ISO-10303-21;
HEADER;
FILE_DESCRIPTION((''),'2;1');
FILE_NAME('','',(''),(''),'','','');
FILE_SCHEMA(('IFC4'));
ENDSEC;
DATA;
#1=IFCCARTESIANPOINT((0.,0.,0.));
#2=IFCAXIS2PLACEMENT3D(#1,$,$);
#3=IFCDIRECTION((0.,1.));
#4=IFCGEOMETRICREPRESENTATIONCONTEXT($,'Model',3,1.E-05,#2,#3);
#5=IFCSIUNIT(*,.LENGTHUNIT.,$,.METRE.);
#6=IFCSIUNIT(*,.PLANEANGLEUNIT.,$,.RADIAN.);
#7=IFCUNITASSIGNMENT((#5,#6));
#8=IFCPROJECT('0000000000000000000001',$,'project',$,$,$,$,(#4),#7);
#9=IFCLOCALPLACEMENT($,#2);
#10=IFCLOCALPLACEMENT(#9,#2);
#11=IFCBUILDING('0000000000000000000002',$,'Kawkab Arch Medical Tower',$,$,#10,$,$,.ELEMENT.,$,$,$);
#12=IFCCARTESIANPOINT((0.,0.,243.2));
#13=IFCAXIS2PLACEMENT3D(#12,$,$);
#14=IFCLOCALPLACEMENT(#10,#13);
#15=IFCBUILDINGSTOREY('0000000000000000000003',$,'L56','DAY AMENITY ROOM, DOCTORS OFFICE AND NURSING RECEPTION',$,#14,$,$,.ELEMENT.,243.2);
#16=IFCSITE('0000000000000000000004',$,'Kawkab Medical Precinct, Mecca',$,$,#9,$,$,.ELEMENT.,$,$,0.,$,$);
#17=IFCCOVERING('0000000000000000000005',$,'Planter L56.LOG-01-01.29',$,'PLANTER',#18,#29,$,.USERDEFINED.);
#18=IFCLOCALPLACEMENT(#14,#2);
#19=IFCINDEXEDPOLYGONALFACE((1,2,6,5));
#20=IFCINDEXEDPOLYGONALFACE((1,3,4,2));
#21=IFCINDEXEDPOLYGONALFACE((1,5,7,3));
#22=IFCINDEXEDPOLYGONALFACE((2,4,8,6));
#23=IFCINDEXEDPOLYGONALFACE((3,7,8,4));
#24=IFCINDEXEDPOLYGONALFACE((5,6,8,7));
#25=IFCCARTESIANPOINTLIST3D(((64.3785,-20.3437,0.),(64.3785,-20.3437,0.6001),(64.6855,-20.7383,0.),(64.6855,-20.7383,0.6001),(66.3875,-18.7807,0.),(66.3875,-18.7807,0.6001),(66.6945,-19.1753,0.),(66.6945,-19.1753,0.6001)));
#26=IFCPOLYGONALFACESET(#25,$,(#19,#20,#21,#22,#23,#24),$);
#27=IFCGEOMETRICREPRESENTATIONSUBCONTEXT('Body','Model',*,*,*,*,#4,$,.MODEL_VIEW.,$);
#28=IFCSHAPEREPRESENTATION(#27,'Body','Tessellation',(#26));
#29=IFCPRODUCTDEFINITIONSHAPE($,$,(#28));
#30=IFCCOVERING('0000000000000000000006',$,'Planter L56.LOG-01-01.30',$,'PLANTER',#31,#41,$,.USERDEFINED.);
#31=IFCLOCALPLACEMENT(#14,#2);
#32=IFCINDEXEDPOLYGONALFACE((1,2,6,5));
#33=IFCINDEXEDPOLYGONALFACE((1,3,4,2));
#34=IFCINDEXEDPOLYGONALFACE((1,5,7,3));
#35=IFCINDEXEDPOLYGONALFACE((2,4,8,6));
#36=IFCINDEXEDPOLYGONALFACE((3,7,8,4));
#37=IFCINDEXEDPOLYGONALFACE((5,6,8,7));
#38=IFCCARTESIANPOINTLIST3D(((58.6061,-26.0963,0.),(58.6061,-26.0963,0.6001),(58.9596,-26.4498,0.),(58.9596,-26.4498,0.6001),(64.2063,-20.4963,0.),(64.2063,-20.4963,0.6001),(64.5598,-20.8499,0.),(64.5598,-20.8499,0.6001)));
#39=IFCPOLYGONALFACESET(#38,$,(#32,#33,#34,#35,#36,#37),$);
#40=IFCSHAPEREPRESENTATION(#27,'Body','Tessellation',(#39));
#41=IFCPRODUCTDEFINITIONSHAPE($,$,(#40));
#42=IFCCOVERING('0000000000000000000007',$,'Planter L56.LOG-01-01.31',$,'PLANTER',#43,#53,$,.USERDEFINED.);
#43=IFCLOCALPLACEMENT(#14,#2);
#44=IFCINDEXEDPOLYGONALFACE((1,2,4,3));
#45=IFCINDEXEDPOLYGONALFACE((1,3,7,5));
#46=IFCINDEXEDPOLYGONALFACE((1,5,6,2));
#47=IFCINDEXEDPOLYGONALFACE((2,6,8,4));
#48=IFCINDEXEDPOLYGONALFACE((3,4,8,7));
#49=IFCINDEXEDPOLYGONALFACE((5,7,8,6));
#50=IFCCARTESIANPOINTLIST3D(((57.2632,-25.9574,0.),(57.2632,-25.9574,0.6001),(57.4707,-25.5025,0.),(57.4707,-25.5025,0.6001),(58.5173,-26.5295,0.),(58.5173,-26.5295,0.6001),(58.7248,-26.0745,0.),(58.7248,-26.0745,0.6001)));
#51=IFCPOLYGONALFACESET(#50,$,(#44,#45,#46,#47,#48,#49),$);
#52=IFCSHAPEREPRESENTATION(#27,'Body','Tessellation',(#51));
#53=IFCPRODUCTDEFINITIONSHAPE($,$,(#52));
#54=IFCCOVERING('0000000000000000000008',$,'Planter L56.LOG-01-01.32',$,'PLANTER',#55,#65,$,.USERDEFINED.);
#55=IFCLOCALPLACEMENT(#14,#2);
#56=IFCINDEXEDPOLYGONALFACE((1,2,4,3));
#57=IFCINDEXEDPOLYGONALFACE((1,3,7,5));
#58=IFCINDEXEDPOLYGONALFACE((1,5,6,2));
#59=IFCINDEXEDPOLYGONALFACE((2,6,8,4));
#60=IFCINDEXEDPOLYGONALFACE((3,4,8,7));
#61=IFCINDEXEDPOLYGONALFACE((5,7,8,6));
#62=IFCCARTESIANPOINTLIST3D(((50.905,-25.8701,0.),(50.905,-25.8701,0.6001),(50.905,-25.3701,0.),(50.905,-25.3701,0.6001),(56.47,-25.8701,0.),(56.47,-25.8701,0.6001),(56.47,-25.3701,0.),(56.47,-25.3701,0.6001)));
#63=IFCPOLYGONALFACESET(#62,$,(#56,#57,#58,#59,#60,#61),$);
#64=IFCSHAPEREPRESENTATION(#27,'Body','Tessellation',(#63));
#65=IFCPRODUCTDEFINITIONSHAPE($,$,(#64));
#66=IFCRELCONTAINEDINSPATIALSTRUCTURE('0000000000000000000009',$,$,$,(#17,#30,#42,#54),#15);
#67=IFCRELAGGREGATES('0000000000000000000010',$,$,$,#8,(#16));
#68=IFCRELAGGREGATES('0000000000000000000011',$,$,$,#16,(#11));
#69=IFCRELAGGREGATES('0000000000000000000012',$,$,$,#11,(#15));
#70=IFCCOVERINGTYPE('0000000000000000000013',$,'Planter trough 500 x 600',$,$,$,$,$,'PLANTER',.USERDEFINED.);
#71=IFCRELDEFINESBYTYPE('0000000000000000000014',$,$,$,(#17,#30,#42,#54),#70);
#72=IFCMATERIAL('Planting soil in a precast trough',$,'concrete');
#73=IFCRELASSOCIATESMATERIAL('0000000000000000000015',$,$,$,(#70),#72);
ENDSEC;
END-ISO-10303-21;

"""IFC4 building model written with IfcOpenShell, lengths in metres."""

from ifc_helpers import new_model, si_unit, direction, frame, origin, origin_2d, place, context, subcontext, project, spatial, rectangle, extrude, material, material_profile, profile_set, type_object, element, save


model = new_model("IFC4")

# Units and contexts
model_context = context("Model", 3, precision=1e-05, world=origin(), true_north=direction((0.0, 1.0)))
body_context = subcontext(model_context, "Body", "Model", "MODEL_VIEW")
ifc_project = project(units=[si_unit("LENGTHUNIT", "METRE"), si_unit("PLANEANGLEUNIT", "RADIAN")], contexts=[model_context])

# Site, building, storey
site_placement = place(None, origin())
site = spatial("IfcSite", under=ifc_project, at=site_placement, Name="Kawkab Medical Precinct, Mecca", CompositionType="ELEMENT", RefElevation=0.0)
building_placement = place(site_placement, origin())
building = spatial("IfcBuilding", under=site, at=building_placement, Name="Kawkab Arch Medical Tower", CompositionType="ELEMENT")
storey_placement = place(building_placement, frame((0.0, 0.0, 243.2)))
storey = spatial("IfcBuildingStorey", under=building, at=storey_placement, Name="L56", Description="DAY AMENITY ROOM, DOCTORS OFFICE AND NURSING RECEPTION", CompositionType="ELEMENT", Elevation=243.2)

# Coverings
ifc_material_1 = material(Name="Planting soil in a precast trough", Category="concrete")
ifc_material_profile_1 = material_profile(ifc_material_1, rectangle(XDim=0.5, YDim=0.6001, at=origin_2d()), Name="Trough 500x600")
ifc_profile_set_1 = profile_set([ifc_material_profile_1], Name="Planting soil in a precast trough")
covering_type_1 = type_object("IfcCoveringType", Name="Planter trough 500 x 600", ElementType="PLANTER", PredefinedType="USERDEFINED", material=ifc_profile_set_1)
covering_1_placement = place(storey_placement, frame((66.541, -18.978, 0.3), z_axis=(-0.789275, -0.61404, 0.0), x_axis=(0.61404, -0.789275, 0.0)))
element("IfcCovering", 1, at=covering_1_placement, inside=storey, type_object=covering_type_1, Name="Planter L56.LOG-01-01.29", ObjectType="PLANTER", PredefinedType="USERDEFINED", context=body_context, shape_type="SweptSolid", body=[
    extrude(rectangle(XDim=0.5, YDim=0.6001, at=origin_2d()), origin(), (0.0, 0.0, 1.0), 2.5454),
])
covering_2_placement = place(storey_placement, frame((64.3831, -20.6731, 0.3), z_axis=(-0.707122, -0.707091, 0.0), x_axis=(0.707091, -0.707122, 0.0)))
element("IfcCovering", 2, at=covering_2_placement, inside=storey, type_object=covering_type_1, Name="Planter L56.LOG-01-01.30", ObjectType="PLANTER", PredefinedType="USERDEFINED", context=body_context, shape_type="SweptSolid", body=[
    extrude(rectangle(XDim=0.5, YDim=0.6001, at=origin_2d()), origin(), (0.0, 0.0, 1.0), 7.9197),
])
covering_3_placement = place(storey_placement, frame((58.6211, -26.302, 0.3), z_axis=(-0.909832, 0.414977, 0.0), x_axis=(-0.414977, -0.909832, 0.0)))
element("IfcCovering", 3, at=covering_3_placement, inside=storey, type_object=covering_type_1, Name="Planter L56.LOG-01-01.31", ObjectType="PLANTER", PredefinedType="USERDEFINED", context=body_context, shape_type="SweptSolid", body=[
    extrude(rectangle(XDim=0.5, YDim=0.6001, at=origin_2d()), origin(), (0.0, 0.0, 1.0), 1.3784),
])
covering_4_placement = place(storey_placement, frame((56.47, -25.6201, 0.3), z_axis=(-1.0, 0.0, 0.0), x_axis=(0.0, -1.0, 0.0)))
element("IfcCovering", 4, at=covering_4_placement, inside=storey, type_object=covering_type_1, Name="Planter L56.LOG-01-01.32", ObjectType="PLANTER", PredefinedType="USERDEFINED", context=body_context, shape_type="SweptSolid", body=[
    extrude(rectangle(XDim=0.5, YDim=0.6001, at=origin_2d()), origin(), (0.0, 0.0, 1.0), 5.5649),
])

save(model, "model.ifc")
